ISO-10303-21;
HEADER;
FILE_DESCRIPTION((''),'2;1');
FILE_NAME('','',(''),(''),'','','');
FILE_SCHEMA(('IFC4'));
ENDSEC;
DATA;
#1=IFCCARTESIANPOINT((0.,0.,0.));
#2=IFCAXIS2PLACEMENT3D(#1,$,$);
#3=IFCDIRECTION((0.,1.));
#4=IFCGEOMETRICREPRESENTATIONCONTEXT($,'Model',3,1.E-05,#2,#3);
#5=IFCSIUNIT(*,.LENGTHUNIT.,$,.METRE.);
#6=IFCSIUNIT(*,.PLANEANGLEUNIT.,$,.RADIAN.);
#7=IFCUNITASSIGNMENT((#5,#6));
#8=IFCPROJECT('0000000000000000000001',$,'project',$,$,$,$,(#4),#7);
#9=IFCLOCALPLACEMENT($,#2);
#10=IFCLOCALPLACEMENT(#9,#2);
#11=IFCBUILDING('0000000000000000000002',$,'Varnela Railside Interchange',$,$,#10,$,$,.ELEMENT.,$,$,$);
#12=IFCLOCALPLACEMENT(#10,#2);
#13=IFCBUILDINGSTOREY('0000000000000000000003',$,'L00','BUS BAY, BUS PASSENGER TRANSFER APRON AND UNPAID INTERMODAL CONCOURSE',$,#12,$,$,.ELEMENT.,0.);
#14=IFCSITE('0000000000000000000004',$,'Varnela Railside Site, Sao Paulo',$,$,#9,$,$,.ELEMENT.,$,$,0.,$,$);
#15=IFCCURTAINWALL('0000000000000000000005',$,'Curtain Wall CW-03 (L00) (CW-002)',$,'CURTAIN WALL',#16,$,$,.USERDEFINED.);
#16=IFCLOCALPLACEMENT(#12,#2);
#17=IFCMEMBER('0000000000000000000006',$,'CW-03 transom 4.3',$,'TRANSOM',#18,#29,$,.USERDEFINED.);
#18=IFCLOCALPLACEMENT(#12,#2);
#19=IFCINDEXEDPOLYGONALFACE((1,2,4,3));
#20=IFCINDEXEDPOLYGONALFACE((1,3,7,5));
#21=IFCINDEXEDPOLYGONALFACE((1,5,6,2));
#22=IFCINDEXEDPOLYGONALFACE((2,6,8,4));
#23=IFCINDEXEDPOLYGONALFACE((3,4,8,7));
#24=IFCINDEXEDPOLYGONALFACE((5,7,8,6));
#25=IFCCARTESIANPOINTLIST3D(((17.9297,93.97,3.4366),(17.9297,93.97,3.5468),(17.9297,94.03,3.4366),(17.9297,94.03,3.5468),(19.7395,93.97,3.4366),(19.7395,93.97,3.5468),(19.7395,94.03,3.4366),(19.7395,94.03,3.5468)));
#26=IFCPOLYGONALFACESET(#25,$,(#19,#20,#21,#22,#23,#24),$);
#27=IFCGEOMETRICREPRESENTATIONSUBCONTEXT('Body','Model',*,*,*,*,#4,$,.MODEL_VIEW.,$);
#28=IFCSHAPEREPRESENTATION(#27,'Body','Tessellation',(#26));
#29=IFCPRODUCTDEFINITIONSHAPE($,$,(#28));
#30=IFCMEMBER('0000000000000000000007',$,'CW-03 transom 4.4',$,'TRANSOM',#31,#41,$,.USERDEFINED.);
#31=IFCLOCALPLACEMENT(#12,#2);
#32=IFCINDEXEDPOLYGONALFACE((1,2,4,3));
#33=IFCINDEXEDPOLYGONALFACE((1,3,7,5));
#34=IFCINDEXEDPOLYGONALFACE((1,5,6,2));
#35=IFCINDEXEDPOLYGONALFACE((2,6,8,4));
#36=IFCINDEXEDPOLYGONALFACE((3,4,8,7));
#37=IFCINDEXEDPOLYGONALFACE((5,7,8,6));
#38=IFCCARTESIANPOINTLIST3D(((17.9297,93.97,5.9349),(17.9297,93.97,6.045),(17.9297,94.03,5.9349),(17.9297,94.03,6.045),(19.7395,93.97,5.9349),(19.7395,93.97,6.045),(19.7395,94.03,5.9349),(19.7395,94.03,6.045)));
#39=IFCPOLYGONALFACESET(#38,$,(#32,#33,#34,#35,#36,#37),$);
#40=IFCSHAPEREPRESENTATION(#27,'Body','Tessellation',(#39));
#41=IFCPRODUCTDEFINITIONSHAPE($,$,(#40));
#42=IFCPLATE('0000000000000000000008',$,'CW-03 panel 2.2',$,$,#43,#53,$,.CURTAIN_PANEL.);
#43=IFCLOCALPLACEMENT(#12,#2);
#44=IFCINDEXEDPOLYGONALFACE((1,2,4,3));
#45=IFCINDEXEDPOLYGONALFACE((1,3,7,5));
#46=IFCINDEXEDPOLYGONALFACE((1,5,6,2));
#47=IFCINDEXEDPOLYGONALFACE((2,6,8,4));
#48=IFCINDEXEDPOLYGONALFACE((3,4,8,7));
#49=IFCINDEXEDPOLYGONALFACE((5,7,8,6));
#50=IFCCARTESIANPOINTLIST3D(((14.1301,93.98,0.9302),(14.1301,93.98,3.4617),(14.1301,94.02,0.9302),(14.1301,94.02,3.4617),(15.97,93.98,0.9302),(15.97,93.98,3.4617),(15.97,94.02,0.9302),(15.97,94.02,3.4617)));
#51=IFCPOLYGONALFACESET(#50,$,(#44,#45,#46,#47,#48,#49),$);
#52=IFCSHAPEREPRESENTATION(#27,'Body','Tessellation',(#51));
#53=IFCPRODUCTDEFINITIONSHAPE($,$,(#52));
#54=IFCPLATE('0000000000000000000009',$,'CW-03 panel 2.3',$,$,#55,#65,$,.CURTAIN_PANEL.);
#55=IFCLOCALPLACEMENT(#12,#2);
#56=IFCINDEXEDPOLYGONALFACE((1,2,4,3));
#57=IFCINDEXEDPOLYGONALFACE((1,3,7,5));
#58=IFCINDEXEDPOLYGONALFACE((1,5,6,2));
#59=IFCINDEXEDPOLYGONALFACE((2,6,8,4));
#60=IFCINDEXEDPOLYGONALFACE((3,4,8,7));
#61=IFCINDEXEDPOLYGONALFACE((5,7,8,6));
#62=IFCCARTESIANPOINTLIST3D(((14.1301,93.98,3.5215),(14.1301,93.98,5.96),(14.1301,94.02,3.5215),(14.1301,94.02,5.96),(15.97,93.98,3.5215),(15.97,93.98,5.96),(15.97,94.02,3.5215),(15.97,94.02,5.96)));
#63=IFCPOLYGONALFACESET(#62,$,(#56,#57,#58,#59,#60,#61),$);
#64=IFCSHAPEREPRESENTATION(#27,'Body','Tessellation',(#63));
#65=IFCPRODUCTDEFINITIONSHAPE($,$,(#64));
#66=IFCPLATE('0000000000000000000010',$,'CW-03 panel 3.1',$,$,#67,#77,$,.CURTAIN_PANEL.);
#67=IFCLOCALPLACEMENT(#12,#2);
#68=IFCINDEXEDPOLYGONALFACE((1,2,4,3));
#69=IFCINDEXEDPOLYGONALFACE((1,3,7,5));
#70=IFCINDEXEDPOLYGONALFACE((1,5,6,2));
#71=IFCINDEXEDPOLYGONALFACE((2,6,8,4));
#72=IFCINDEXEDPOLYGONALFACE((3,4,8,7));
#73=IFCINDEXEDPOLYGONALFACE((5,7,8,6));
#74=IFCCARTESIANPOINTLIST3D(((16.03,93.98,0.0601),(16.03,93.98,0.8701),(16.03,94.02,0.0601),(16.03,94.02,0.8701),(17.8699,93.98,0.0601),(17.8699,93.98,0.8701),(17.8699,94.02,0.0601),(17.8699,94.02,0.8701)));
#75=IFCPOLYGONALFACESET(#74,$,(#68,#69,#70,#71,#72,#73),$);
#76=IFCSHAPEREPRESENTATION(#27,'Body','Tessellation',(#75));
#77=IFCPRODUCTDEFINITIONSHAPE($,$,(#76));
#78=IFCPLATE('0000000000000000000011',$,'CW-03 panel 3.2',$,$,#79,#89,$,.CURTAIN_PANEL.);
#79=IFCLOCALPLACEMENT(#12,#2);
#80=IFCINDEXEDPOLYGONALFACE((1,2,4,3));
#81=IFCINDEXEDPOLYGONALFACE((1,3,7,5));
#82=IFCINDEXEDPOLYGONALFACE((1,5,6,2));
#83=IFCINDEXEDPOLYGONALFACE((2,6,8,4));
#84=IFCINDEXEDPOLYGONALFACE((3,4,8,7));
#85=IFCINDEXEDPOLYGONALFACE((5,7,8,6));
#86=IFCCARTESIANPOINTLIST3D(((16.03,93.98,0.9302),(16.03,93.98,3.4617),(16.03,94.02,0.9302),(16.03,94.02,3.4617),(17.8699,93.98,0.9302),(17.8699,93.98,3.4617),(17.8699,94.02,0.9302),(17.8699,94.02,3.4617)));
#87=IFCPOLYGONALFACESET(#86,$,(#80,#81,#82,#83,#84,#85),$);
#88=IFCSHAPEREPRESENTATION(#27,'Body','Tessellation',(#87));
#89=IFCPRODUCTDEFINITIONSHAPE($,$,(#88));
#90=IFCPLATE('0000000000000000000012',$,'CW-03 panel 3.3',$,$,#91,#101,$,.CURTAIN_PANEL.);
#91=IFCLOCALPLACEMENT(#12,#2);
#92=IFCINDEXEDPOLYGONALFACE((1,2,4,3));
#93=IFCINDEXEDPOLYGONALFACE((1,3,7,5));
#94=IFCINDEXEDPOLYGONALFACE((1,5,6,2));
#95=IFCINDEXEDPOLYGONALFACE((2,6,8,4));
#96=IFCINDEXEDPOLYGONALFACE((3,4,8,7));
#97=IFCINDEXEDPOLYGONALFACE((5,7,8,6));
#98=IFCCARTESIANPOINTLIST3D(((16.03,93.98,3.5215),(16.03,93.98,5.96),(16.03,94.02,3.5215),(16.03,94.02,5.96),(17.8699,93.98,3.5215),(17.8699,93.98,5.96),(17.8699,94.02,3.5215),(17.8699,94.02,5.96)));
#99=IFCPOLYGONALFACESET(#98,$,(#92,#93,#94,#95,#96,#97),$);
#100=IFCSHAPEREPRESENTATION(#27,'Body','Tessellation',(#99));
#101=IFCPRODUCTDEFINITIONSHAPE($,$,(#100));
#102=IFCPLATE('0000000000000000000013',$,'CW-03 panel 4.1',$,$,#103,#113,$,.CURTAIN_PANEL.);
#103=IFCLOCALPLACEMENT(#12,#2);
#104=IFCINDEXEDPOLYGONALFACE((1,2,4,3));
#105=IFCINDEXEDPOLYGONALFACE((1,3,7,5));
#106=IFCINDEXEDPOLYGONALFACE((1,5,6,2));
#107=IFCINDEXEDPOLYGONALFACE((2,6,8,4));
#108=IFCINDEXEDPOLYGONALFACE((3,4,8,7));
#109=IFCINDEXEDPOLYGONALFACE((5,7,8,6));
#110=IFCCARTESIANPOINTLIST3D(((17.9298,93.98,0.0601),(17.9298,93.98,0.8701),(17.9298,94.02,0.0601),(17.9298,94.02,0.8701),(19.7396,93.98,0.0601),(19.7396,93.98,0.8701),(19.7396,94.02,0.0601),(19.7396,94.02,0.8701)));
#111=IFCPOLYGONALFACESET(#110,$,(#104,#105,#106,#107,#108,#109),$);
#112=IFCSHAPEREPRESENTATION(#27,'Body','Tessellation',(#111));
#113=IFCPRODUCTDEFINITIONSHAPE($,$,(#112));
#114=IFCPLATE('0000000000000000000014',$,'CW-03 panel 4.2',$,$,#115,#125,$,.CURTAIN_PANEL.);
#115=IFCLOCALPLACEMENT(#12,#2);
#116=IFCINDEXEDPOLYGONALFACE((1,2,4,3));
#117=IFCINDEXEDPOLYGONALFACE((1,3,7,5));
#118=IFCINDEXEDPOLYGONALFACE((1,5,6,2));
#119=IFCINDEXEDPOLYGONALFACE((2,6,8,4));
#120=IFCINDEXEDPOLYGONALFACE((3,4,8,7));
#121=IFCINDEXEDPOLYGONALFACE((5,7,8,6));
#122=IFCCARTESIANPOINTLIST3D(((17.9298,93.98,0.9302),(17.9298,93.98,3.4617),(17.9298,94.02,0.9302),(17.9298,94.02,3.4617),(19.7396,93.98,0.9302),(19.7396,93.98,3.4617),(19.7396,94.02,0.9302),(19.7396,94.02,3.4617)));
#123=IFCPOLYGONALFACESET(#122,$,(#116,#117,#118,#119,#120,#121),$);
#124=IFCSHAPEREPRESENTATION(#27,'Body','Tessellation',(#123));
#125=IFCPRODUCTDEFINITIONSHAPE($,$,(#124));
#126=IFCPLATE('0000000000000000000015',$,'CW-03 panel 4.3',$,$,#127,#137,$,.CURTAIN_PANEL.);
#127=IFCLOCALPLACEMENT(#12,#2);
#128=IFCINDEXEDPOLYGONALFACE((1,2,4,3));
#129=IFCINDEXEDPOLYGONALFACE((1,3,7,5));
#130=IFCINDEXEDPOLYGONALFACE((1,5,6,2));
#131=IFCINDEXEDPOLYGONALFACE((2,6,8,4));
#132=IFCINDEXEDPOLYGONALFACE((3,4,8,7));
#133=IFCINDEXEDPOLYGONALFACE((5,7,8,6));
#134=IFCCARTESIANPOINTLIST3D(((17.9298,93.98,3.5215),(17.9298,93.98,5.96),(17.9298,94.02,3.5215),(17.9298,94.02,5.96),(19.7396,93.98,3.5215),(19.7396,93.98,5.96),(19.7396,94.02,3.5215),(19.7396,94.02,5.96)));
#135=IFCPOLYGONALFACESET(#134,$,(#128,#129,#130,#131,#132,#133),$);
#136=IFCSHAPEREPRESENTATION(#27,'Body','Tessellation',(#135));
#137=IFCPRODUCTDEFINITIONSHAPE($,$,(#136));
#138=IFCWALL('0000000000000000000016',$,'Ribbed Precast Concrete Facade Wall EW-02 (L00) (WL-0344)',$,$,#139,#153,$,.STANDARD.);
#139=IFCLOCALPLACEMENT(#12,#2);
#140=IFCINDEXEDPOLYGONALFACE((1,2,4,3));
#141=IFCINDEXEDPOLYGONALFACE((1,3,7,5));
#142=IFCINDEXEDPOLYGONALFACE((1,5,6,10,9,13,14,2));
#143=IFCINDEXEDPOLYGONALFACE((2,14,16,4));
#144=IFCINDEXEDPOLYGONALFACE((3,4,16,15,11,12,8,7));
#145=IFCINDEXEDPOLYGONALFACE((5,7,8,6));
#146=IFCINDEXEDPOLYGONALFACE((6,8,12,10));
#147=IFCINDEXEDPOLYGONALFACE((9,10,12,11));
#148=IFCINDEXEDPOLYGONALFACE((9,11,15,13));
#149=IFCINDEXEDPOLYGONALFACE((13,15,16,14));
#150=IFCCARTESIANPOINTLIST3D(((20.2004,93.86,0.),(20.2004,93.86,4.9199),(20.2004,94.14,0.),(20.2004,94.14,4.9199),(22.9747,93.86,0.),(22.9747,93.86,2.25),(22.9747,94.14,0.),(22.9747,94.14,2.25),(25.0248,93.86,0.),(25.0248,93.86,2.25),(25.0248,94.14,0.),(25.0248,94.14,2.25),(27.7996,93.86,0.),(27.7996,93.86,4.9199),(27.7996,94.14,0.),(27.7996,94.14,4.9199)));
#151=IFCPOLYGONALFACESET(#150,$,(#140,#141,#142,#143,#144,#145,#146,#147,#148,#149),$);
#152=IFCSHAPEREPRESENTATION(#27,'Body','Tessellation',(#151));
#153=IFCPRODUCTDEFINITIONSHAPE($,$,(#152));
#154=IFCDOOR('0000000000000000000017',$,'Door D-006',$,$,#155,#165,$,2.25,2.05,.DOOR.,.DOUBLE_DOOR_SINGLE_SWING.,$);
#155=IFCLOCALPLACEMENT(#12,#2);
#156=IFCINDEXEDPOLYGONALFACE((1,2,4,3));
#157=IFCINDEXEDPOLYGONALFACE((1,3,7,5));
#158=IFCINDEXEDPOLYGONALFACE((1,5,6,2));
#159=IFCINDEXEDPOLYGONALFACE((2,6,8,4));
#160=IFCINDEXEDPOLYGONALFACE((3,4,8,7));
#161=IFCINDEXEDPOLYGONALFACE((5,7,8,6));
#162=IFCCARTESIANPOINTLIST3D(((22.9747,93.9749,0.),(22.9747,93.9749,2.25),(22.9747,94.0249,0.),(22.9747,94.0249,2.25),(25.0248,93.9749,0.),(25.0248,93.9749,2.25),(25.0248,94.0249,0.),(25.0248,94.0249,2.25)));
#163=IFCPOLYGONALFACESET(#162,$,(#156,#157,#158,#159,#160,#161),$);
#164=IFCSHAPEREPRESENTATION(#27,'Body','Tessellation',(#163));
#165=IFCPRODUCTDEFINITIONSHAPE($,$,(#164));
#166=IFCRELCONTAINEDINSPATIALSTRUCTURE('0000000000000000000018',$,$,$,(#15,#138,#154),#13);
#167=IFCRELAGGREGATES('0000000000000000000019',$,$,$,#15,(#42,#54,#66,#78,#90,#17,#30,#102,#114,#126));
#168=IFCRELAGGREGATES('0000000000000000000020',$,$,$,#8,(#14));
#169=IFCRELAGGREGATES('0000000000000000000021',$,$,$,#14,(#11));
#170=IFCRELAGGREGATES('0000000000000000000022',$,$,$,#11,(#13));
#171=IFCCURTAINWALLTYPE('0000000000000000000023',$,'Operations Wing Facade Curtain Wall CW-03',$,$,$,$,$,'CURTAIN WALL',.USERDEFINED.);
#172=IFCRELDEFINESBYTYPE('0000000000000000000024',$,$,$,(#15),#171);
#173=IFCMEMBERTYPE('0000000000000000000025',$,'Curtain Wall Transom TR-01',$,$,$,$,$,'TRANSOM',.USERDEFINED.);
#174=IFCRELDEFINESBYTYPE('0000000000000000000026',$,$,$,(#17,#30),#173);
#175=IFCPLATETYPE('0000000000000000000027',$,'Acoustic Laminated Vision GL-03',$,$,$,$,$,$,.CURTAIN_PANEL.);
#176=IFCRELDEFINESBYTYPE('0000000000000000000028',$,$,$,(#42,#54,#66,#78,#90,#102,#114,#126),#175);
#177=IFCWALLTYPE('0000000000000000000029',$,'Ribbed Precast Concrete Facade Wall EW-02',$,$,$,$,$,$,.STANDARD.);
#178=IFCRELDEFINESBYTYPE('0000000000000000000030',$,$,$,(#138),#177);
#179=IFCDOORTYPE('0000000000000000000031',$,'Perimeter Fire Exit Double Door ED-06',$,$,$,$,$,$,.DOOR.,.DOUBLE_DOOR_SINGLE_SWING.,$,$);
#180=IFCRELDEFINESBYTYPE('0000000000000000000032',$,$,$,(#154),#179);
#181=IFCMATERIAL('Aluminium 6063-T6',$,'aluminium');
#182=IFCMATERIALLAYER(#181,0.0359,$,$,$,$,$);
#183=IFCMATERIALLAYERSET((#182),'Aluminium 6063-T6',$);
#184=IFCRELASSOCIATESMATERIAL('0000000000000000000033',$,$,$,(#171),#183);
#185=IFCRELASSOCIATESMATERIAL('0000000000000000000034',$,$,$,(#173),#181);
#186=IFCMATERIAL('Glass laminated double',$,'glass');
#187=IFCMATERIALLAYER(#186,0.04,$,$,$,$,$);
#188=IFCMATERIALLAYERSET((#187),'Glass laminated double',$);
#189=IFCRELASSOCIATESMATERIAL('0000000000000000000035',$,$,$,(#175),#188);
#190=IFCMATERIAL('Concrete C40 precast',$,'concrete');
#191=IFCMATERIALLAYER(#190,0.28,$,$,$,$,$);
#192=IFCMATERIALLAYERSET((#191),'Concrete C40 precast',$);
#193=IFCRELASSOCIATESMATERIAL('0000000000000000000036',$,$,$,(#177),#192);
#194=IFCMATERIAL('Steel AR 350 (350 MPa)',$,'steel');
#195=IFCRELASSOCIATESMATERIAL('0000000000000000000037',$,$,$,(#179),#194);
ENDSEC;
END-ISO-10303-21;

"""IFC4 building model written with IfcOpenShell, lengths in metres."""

from ifc_helpers import new_model, si_unit, direction, frame, frame_2d, origin, origin_2d, place, context, subcontext, project, spatial, rectangle, extrude, material, layer, layer_set, material_profile, profile_set, type_object, element, fill, aggregate, save


model = new_model("IFC4")

# Units and contexts
model_context = context("Model", 3, precision=1e-05, world=origin(), true_north=direction((0.0, 1.0)))
body_context = subcontext(model_context, "Body", "Model", "MODEL_VIEW")
ifc_project = project(units=[si_unit("LENGTHUNIT", "METRE"), si_unit("PLANEANGLEUNIT", "RADIAN")], contexts=[model_context])

# Site, building, storey
site_placement = place(None, origin())
site = spatial("IfcSite", under=ifc_project, at=site_placement, Name="Varnela Railside Site, Sao Paulo", CompositionType="ELEMENT", RefElevation=0.0)
building_placement = place(site_placement, origin())
building = spatial("IfcBuilding", under=site, at=building_placement, Name="Varnela Railside Interchange", CompositionType="ELEMENT")
storey_placement = place(building_placement, origin())
storey = spatial("IfcBuildingStorey", under=building, at=storey_placement, Name="L00", Description="BUS BAY, BUS PASSENGER TRANSFER APRON AND UNPAID INTERMODAL CONCOURSE", CompositionType="ELEMENT", Elevation=0.0)

# Shared definitions
ifc_material_1 = material(Name="Steel AR 350 (350 MPa)", Category="steel")

# Curtain wall, members, plates
ifc_material_2 = material(Name="Aluminium 6063-T6", Category="aluminium")
ifc_layer_1 = layer(ifc_material_2, 0.0359)
ifc_layer_set_1 = layer_set([ifc_layer_1], Name="Aluminium 6063-T6")
curtain_wall_type = type_object("IfcCurtainWallType", Name="Operations Wing Facade Curtain Wall CW-03", ElementType="CURTAIN WALL", PredefinedType="USERDEFINED", material=ifc_layer_set_1)
curtain_wall_placement = place(storey_placement, origin())
curtain_wall = element("IfcCurtainWall", 1, at=curtain_wall_placement, inside=storey, type_object=curtain_wall_type, Name="Curtain Wall CW-03 (L00) (CW-002)", ObjectType="CURTAIN WALL", PredefinedType="USERDEFINED")
ifc_material_profile_1 = material_profile(ifc_material_2, rectangle(XDim=0.0601, YDim=0.1101, at=origin_2d()), Name="ALU 60x110")
ifc_profile_set_1 = profile_set([ifc_material_profile_1], Name="Aluminium 6063-T6")
member_type_1 = type_object("IfcMemberType", Name="Curtain Wall Transom TR-01", ElementType="TRANSOM", PredefinedType="USERDEFINED", material=ifc_profile_set_1)
member_1_placement = place(storey_placement, frame((17.9297, 94.0, 3.4917), z_axis=(1.0, 0.0, 0.0), x_axis=(0.0, 1.0, 0.0)))
member_1 = element("IfcMember", 2, at=member_1_placement, type_object=member_type_1, Name="CW-03 transom 4.3", ObjectType="TRANSOM", PredefinedType="USERDEFINED", context=body_context, shape_type="SweptSolid", body=[
    extrude(rectangle(XDim=0.0601, YDim=0.1101, at=origin_2d()), origin(), (0.0, 0.0, 1.0), 1.8098),
])
member_2_placement = place(storey_placement, frame((17.9297, 94.0, 5.99), z_axis=(1.0, 0.0, 0.0), x_axis=(0.0, 1.0, 0.0)))
member_2 = element("IfcMember", 3, at=member_2_placement, type_object=member_type_1, Name="CW-03 transom 4.4", ObjectType="TRANSOM", PredefinedType="USERDEFINED", context=body_context, shape_type="SweptSolid", body=[
    extrude(rectangle(XDim=0.0601, YDim=0.1101, at=origin_2d()), origin(), (0.0, 0.0, 1.0), 1.8098),
])
ifc_material_3 = material(Name="Glass laminated double", Category="glass")
ifc_layer_2 = layer(ifc_material_3, 0.04)
ifc_layer_set_2 = layer_set([ifc_layer_2], Name="Glass laminated double")
plate_type = type_object("IfcPlateType", Name="Acoustic Laminated Vision GL-03", PredefinedType="CURTAIN_PANEL", material=ifc_layer_set_2)
plate_1_placement = place(storey_placement, frame((15.05, 94.0, 0.9302), z_axis=(0.0, 0.0, 1.0), x_axis=(1.0, 0.0, 0.0)))
plate_1 = element("IfcPlate", 4, at=plate_1_placement, type_object=plate_type, Name="CW-03 panel 2.2", PredefinedType="CURTAIN_PANEL", context=body_context, shape_type="SweptSolid", body=[
    extrude(rectangle(XDim=1.8398, YDim=0.04, at=origin_2d()), origin(), (0.0, 0.0, 1.0), 2.5315),
])
plate_2_placement = place(storey_placement, frame((15.05, 94.0, 3.5215), z_axis=(0.0, 0.0, 1.0), x_axis=(1.0, 0.0, 0.0)))
plate_2 = element("IfcPlate", 5, at=plate_2_placement, type_object=plate_type, Name="CW-03 panel 2.3", PredefinedType="CURTAIN_PANEL", context=body_context, shape_type="SweptSolid", body=[
    extrude(rectangle(XDim=1.8398, YDim=0.04, at=origin_2d()), origin(), (0.0, 0.0, 1.0), 2.4385),
])
plate_3_placement = place(storey_placement, frame((16.95, 94.0, 0.0601), z_axis=(0.0, 0.0, 1.0), x_axis=(1.0, 0.0, 0.0)))
plate_3 = element("IfcPlate", 6, at=plate_3_placement, type_object=plate_type, Name="CW-03 panel 3.1", PredefinedType="CURTAIN_PANEL", context=body_context, shape_type="SweptSolid", body=[
    extrude(rectangle(XDim=1.8398, YDim=0.04, at=origin_2d()), origin(), (0.0, 0.0, 1.0), 0.8101),
])
plate_4_placement = place(storey_placement, frame((16.95, 94.0, 0.9302), z_axis=(0.0, 0.0, 1.0), x_axis=(1.0, 0.0, 0.0)))
plate_4 = element("IfcPlate", 7, at=plate_4_placement, type_object=plate_type, Name="CW-03 panel 3.2", PredefinedType="CURTAIN_PANEL", context=body_context, shape_type="SweptSolid", body=[
    extrude(rectangle(XDim=1.8398, YDim=0.04, at=origin_2d()), origin(), (0.0, 0.0, 1.0), 2.5315),
])
plate_5_placement = place(storey_placement, frame((16.95, 94.0, 3.5215), z_axis=(0.0, 0.0, 1.0), x_axis=(1.0, 0.0, 0.0)))
plate_5 = element("IfcPlate", 8, at=plate_5_placement, type_object=plate_type, Name="CW-03 panel 3.3", PredefinedType="CURTAIN_PANEL", context=body_context, shape_type="SweptSolid", body=[
    extrude(rectangle(XDim=1.8398, YDim=0.04, at=origin_2d()), origin(), (0.0, 0.0, 1.0), 2.4385),
])
plate_6_placement = place(storey_placement, frame((18.8347, 94.0, 0.0601), z_axis=(0.0, 0.0, 1.0), x_axis=(1.0, 0.0, 0.0)))
plate_6 = element("IfcPlate", 9, at=plate_6_placement, type_object=plate_type, Name="CW-03 panel 4.1", PredefinedType="CURTAIN_PANEL", context=body_context, shape_type="SweptSolid", body=[
    extrude(rectangle(XDim=1.8098, YDim=0.04, at=origin_2d()), origin(), (0.0, 0.0, 1.0), 0.8101),
])
plate_7_placement = place(storey_placement, frame((18.8347, 94.0, 0.9302), z_axis=(0.0, 0.0, 1.0), x_axis=(1.0, 0.0, 0.0)))
plate_7 = element("IfcPlate", 10, at=plate_7_placement, type_object=plate_type, Name="CW-03 panel 4.2", PredefinedType="CURTAIN_PANEL", context=body_context, shape_type="SweptSolid", body=[
    extrude(rectangle(XDim=1.8098, YDim=0.04, at=origin_2d()), origin(), (0.0, 0.0, 1.0), 2.5315),
])
plate_8_placement = place(storey_placement, frame((18.8347, 94.0, 3.5215), z_axis=(0.0, 0.0, 1.0), x_axis=(1.0, 0.0, 0.0)))
plate_8 = element("IfcPlate", 11, at=plate_8_placement, type_object=plate_type, Name="CW-03 panel 4.3", PredefinedType="CURTAIN_PANEL", context=body_context, shape_type="SweptSolid", body=[
    extrude(rectangle(XDim=1.8098, YDim=0.04, at=origin_2d()), origin(), (0.0, 0.0, 1.0), 2.4385),
])
aggregate(curtain_wall, [plate_1, plate_2, plate_3, plate_4, plate_5, member_1, member_2, plate_6, plate_7, plate_8])

# Wall, opening, door
ifc_material_4 = material(Name="Concrete C40 precast", Category="concrete")
ifc_layer_3 = layer(ifc_material_4, 0.28)
ifc_layer_set_3 = layer_set([ifc_layer_3], Name="Concrete C40 precast")
wall_type = type_object("IfcWallType", Name="Ribbed Precast Concrete Facade Wall EW-02", PredefinedType="STANDARD", material=ifc_layer_set_3)
wall_1_placement = place(storey_placement, frame((20.2004, 94.0, 0.0), z_axis=(0.0, 0.0, 1.0), x_axis=(1.0, 0.0, 0.0)))
wall_1 = element("IfcWall", 12, at=wall_1_placement, inside=storey, type_object=wall_type, Name="Ribbed Precast Concrete Facade Wall EW-02 (L00) (WL-0344)", PredefinedType="STANDARD", context=body_context, shape_type="SweptSolid", body=[
    extrude(rectangle(XDim=7.5991, YDim=0.28, at=frame_2d((3.7996, 0.0))), origin(), (0.0, 0.0, 1.0), 4.9199),
])
opening_1_placement = place(wall_1_placement, frame((2.7744, 0.0, 0.0)))
opening_1 = element("IfcOpeningElement", 13, at=opening_1_placement, cuts=wall_1, PredefinedType="OPENING", context=body_context, shape_type="SweptSolid", body=[
    extrude(rectangle(XDim=2.05, YDim=2.25, at=frame_2d((1.0249, 1.125))), frame((0.0, 0.1499, 0.0), z_axis=(0.0, -1.0, 0.0), x_axis=(1.0, 0.0, 0.0)), (0.0, 0.0, 1.0), 0.3),
])
door_type = type_object("IfcDoorType", Name="Perimeter Fire Exit Double Door ED-06", OperationType="DOUBLE_DOOR_SINGLE_SWING", PredefinedType="DOOR", material=ifc_material_1)
door_placement = place(opening_1_placement, origin())
door = element("IfcDoor", 14, at=door_placement, inside=storey, type_object=door_type, Name="Door D-006", OperationType="DOUBLE_DOOR_SINGLE_SWING", OverallHeight=2.25, OverallWidth=2.05, PredefinedType="DOOR", context=body_context, shape_type="SweptSolid", body=[
    extrude(rectangle(XDim=2.05, YDim=2.25, at=frame_2d((1.0249, 1.125))), frame((0.0, 0.0249, 0.0), z_axis=(0.0, -1.0, 0.0), x_axis=(1.0, 0.0, 0.0)), (0.0, 0.0, 1.0), 0.05),
])
fill(opening_1, door)

save(model, "model.ifc")
